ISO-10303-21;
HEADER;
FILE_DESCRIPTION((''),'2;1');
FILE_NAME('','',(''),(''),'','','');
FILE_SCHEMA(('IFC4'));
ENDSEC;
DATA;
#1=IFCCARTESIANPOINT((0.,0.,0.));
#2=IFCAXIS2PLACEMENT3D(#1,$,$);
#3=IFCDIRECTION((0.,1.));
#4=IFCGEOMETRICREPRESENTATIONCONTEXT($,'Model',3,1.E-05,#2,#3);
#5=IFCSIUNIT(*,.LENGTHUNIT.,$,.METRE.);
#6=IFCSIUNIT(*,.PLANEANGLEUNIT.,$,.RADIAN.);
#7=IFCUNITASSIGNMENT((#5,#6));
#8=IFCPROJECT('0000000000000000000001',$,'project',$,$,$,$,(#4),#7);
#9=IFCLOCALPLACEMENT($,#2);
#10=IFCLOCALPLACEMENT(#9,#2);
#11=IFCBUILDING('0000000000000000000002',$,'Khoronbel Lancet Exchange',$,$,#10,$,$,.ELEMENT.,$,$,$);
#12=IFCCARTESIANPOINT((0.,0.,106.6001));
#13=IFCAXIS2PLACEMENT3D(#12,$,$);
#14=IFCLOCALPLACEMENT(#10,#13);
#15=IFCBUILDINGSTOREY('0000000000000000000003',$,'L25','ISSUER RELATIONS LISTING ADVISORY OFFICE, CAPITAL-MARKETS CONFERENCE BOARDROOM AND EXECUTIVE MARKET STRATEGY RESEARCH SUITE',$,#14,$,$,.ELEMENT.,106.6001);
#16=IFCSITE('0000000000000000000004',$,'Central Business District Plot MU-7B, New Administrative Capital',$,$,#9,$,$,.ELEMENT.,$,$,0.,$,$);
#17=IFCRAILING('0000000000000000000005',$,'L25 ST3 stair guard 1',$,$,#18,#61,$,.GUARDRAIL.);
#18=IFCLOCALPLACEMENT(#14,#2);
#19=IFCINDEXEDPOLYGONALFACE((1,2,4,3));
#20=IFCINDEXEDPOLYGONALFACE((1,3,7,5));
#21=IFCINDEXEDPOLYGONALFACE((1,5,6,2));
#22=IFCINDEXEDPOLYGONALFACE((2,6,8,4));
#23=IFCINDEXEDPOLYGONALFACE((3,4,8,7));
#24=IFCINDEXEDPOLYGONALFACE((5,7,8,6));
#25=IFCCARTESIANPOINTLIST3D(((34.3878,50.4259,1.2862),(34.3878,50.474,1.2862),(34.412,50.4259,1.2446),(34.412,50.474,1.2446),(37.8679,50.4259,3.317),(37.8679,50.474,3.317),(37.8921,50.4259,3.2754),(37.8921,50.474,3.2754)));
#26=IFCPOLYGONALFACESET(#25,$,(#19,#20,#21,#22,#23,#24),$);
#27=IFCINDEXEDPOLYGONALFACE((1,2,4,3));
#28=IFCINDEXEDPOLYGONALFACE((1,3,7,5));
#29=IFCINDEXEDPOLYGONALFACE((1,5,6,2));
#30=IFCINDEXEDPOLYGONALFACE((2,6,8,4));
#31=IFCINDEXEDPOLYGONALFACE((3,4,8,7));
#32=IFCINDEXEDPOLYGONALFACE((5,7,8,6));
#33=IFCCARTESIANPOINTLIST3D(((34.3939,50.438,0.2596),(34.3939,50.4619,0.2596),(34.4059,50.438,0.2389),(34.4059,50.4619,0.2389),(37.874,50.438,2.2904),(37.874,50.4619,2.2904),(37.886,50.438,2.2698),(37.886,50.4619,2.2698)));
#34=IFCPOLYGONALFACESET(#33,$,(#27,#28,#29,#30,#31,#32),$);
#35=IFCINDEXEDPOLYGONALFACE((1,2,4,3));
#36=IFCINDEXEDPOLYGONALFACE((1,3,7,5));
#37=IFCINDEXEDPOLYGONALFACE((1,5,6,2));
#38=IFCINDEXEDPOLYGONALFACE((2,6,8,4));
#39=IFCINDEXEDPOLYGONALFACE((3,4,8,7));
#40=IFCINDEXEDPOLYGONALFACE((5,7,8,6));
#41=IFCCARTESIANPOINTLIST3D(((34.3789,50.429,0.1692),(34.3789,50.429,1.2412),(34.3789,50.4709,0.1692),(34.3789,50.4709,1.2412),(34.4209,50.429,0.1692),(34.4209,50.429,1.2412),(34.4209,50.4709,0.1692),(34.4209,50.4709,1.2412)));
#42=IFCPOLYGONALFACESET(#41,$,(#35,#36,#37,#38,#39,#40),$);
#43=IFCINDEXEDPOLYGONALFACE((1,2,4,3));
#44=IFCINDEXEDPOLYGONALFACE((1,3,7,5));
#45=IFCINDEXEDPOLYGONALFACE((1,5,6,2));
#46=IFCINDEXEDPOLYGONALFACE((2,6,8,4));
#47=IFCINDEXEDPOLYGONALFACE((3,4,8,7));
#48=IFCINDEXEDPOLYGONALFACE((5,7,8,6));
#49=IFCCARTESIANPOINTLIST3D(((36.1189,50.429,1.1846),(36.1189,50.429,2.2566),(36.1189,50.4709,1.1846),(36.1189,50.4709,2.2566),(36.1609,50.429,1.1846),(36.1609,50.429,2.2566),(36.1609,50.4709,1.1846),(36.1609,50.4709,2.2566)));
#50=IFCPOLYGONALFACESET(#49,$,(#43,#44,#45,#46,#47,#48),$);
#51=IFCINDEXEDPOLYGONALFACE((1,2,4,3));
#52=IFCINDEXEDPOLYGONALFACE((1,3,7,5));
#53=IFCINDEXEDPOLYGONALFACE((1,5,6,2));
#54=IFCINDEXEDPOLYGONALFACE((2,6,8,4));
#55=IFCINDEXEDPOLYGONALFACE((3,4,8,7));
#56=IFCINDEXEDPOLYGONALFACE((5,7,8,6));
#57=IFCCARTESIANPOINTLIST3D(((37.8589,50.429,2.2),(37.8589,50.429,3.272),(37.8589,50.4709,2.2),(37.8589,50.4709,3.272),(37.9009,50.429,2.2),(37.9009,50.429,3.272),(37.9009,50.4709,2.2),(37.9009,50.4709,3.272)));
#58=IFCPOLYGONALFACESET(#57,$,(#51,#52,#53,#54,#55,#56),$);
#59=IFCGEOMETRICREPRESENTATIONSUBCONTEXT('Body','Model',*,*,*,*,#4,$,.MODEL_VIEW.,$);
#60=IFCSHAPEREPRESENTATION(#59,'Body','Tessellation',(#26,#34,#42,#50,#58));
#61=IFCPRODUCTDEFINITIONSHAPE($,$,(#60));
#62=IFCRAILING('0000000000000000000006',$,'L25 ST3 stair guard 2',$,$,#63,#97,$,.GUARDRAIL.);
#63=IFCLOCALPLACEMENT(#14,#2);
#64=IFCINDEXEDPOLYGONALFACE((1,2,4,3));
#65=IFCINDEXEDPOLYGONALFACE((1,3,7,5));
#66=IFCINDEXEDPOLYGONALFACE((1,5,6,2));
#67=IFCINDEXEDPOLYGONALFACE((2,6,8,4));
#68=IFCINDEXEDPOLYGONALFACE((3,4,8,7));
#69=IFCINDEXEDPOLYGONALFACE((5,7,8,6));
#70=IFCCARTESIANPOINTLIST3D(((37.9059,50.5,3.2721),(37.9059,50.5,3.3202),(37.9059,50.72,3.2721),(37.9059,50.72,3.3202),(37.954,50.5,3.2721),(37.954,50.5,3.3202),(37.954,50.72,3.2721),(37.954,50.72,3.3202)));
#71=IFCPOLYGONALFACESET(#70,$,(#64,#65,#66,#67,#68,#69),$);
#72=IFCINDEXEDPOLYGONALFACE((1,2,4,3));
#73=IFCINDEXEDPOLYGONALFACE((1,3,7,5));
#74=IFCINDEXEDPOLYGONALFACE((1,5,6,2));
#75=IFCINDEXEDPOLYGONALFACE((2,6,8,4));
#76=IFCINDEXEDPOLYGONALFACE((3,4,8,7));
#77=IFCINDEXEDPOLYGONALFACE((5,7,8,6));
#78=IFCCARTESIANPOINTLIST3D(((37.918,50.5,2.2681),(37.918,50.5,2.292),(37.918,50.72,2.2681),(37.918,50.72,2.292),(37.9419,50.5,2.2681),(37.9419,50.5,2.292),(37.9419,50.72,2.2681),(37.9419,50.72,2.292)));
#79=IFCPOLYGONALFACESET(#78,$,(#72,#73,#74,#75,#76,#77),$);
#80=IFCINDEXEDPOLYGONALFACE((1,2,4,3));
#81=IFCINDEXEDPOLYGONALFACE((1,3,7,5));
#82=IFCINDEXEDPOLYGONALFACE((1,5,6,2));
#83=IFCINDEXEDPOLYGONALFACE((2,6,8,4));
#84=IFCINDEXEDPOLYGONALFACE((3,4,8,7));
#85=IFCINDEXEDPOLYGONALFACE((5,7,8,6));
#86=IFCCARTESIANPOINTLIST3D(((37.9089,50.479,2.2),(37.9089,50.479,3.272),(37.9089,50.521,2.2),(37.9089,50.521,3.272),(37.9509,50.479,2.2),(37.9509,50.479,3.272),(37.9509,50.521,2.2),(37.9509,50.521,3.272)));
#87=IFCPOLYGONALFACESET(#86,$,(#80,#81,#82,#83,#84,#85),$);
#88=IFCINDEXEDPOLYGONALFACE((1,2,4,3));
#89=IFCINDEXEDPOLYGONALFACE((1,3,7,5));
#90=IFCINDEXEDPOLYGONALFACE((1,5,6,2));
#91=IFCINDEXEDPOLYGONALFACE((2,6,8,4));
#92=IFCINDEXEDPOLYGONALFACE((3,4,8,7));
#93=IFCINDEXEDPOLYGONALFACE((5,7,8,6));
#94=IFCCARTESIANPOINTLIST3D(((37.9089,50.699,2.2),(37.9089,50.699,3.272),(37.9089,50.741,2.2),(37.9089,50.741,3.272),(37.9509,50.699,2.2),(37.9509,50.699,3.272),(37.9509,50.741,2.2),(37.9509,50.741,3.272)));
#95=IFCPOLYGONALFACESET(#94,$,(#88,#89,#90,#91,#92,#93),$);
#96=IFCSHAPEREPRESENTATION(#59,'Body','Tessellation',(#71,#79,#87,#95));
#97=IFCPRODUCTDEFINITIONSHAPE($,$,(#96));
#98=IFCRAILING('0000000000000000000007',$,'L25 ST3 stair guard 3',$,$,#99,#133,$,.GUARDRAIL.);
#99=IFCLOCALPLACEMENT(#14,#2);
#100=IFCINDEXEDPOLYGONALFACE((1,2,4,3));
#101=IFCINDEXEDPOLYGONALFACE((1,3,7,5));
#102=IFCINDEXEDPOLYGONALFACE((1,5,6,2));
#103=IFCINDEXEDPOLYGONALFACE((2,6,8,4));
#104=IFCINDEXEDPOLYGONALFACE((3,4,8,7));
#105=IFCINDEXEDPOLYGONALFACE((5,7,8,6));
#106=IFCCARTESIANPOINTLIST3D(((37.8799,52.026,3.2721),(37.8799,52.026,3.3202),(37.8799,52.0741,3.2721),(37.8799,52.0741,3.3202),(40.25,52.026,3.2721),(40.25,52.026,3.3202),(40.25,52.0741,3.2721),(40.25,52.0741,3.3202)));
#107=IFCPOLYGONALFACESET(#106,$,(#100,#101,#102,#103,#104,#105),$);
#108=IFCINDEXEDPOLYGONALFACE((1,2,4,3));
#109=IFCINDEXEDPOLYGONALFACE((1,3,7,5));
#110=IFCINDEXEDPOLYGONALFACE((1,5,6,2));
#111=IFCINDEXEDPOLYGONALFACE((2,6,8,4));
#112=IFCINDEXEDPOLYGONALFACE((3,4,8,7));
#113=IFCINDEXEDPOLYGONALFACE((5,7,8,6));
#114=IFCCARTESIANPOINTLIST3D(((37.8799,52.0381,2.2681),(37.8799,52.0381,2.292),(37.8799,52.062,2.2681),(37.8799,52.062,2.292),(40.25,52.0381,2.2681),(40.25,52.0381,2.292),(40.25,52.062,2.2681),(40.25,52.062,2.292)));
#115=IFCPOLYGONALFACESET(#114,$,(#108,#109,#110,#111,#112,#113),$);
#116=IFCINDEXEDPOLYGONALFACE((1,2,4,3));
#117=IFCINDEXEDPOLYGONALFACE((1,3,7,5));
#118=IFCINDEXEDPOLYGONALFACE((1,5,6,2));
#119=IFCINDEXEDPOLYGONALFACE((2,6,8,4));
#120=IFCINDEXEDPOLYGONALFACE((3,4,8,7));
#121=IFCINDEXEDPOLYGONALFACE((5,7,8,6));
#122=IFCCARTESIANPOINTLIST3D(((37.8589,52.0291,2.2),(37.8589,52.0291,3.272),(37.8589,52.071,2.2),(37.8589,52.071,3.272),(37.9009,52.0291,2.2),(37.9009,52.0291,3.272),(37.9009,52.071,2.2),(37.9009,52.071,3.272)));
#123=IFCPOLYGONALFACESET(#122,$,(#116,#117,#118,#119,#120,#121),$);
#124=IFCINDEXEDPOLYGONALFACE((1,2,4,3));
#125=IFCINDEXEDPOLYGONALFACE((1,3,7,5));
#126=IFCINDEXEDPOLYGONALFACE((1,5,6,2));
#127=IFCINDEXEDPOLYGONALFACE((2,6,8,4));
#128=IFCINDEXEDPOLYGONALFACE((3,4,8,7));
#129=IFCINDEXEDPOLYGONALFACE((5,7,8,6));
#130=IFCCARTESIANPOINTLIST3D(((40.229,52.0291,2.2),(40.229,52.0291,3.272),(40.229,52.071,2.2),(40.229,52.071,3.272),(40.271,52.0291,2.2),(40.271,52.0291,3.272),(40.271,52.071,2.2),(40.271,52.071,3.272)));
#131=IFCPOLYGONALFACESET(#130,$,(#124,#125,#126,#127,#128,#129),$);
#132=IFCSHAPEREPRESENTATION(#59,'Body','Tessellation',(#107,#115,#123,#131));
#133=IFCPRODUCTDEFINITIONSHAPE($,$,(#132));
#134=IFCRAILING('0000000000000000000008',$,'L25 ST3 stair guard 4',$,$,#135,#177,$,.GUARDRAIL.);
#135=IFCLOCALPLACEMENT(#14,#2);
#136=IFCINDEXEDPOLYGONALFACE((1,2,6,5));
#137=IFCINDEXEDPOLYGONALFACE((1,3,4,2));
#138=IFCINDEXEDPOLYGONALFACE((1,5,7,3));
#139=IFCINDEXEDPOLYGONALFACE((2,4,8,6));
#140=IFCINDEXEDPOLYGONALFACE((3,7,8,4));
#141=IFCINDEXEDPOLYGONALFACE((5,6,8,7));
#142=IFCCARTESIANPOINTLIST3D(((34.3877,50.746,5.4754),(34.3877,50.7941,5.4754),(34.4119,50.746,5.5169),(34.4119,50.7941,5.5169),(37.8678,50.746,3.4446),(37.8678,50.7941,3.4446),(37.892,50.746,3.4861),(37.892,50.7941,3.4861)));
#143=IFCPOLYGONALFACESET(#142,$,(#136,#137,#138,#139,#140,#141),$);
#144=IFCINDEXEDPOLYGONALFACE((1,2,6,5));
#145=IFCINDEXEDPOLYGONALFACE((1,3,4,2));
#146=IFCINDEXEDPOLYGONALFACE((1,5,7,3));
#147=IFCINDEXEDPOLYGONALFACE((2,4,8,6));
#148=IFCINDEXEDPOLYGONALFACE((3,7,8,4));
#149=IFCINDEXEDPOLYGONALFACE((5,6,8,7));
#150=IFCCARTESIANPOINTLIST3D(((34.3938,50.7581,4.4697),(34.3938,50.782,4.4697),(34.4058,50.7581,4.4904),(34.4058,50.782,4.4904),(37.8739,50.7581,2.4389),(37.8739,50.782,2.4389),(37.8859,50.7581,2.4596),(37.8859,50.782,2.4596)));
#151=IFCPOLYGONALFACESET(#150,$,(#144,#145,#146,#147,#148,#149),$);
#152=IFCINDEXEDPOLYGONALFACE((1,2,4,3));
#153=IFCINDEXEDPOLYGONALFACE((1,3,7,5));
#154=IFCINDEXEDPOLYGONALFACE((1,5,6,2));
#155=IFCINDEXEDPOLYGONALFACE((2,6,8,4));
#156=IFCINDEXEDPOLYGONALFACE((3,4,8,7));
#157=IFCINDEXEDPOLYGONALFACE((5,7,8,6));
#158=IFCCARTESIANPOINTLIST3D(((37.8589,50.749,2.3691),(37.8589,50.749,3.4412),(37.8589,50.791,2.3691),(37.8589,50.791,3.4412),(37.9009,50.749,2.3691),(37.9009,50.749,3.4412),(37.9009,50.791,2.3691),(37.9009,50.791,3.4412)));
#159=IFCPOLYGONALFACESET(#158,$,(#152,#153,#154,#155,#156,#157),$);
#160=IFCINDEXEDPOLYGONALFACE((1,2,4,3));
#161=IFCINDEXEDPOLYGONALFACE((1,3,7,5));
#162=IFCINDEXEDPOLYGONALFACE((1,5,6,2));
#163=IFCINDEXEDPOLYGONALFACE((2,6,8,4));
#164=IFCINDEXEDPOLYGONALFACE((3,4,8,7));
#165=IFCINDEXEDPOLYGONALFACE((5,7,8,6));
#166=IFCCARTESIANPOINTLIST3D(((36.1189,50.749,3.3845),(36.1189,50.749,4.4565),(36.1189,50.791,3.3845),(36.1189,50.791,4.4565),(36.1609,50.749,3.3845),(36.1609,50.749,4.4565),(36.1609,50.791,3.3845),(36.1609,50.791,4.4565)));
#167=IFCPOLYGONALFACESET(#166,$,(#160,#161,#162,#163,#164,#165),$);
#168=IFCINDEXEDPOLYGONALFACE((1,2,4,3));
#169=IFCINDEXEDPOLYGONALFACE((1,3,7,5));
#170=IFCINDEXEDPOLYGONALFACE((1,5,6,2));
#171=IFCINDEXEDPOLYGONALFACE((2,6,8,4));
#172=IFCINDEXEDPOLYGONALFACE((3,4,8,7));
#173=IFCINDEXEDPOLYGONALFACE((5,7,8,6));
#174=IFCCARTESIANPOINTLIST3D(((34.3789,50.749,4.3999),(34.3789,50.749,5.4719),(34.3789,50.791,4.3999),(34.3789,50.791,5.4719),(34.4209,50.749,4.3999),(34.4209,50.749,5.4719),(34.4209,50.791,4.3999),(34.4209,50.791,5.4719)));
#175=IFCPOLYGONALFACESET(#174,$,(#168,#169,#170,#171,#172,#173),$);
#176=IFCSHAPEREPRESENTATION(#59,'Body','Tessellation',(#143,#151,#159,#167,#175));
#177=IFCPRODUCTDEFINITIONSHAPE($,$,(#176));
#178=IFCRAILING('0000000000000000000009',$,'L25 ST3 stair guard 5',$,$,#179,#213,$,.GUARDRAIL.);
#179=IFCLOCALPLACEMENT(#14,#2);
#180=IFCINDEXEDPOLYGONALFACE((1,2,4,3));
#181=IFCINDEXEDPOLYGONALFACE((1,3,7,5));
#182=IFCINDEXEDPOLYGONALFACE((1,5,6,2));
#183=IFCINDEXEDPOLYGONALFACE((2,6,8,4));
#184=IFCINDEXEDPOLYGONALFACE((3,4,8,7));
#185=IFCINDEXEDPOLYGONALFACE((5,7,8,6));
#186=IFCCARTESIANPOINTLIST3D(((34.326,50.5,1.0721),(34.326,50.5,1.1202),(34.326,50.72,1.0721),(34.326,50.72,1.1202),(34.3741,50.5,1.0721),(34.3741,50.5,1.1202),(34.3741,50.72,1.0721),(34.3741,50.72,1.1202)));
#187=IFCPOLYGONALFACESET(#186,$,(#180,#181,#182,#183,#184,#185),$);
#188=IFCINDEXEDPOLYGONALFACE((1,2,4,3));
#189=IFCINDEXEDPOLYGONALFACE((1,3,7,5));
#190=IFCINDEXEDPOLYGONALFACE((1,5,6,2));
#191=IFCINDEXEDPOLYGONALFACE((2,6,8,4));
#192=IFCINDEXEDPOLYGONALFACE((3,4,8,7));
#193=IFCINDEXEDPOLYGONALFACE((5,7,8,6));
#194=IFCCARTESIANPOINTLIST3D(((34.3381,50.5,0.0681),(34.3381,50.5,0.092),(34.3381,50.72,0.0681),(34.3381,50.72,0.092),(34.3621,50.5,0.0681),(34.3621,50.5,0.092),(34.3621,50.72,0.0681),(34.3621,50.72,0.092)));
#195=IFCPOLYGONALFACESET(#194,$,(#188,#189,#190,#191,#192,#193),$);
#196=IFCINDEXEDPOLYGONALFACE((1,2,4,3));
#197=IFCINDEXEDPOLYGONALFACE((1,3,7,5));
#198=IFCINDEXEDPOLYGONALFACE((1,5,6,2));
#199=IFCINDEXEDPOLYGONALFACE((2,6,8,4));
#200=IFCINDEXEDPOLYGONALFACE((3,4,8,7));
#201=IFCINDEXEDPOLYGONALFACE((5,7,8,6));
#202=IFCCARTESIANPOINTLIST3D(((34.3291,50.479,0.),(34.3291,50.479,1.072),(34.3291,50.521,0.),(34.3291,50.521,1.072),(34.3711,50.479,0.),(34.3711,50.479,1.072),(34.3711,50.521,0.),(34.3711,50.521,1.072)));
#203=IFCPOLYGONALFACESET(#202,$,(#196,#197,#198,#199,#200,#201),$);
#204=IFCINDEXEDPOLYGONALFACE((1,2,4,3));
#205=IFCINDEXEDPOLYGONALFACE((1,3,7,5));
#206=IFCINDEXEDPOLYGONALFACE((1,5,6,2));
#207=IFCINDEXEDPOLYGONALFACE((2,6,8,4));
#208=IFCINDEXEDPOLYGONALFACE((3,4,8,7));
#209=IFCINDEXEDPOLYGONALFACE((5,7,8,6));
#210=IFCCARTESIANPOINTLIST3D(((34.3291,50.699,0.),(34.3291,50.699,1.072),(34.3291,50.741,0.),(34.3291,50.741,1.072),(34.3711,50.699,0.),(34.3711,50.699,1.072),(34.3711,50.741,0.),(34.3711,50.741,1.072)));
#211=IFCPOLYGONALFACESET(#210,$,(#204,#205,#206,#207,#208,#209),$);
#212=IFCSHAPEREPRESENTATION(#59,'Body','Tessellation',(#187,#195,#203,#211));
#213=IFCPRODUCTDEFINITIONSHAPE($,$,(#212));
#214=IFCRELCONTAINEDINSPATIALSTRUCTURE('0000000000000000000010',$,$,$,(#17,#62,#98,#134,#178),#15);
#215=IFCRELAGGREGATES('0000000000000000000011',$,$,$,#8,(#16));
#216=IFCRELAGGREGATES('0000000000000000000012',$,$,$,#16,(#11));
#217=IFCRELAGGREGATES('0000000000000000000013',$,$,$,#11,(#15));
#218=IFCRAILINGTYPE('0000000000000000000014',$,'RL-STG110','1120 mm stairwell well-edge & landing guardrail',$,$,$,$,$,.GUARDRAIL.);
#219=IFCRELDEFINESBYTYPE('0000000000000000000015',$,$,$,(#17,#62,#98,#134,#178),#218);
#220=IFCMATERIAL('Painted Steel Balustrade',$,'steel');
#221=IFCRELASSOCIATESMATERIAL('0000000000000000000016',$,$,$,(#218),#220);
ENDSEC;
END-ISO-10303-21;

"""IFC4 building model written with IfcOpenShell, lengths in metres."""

from ifc_helpers import new_model, si_unit, direction, frame, origin, origin_2d, place, context, subcontext, project, spatial, rectangle, extrude, material, type_object, element, save


model = new_model("IFC4")

# Units and contexts
model_context = context("Model", 3, precision=1e-05, world=origin(), true_north=direction((0.0, 1.0)))
body_context = subcontext(model_context, "Body", "Model", "MODEL_VIEW")
ifc_project = project(units=[si_unit("LENGTHUNIT", "METRE"), si_unit("PLANEANGLEUNIT", "RADIAN")], contexts=[model_context])

# Site, building, storey
site_placement = place(None, origin())
site = spatial("IfcSite", under=ifc_project, at=site_placement, Name="Central Business District Plot MU-7B, New Administrative Capital", CompositionType="ELEMENT", RefElevation=0.0)
building_placement = place(site_placement, origin())
building = spatial("IfcBuilding", under=site, at=building_placement, Name="Khoronbel Lancet Exchange", CompositionType="ELEMENT")
storey_placement = place(building_placement, frame((0.0, 0.0, 106.6001)))
storey = spatial("IfcBuildingStorey", under=building, at=storey_placement, Name="L25", Description="ISSUER RELATIONS LISTING ADVISORY OFFICE, CAPITAL-MARKETS CONFERENCE BOARDROOM AND EXECUTIVE MARKET STRATEGY RESEARCH SUITE", CompositionType="ELEMENT", Elevation=106.6001)

# Railings
ifc_material_1 = material(Name="Painted Steel Balustrade", Category="steel")
railing_type_1 = type_object("IfcRailingType", Name="RL-STG110", Description="1120 mm stairwell well-edge & landing guardrail", PredefinedType="GUARDRAIL", material=ifc_material_1)
railing_1_placement = place(storey_placement, frame((34.3999, 50.45, 0.1692)))
element("IfcRailing", 1, at=railing_1_placement, inside=storey, type_object=railing_type_1, Name="L25 ST3 stair guard 1", PredefinedType="GUARDRAIL", context=body_context, shape_type="SweptSolid", body=[
    extrude(rectangle(XDim=0.0481, YDim=0.0481, at=origin_2d()), frame((0.0, 0.0, 1.0962), z_axis=(0.863695, 0.0, 0.504014), x_axis=(0.0, 1.0, 0.0)), (0.0, 0.0, 1.0), 4.0293),
    extrude(rectangle(XDim=0.0239, YDim=0.0239, at=origin_2d()), frame((0.0, 0.0, 0.0801), z_axis=(0.863695, 0.0, 0.504014), x_axis=(0.0, 1.0, 0.0)), (0.0, 0.0, 1.0), 4.0293),
    extrude(rectangle(XDim=0.042, YDim=0.042, at=origin_2d()), origin(), (0.0, 0.0, 1.0), 1.072),
    extrude(rectangle(XDim=0.042, YDim=0.042, at=origin_2d()), frame((1.74, 0.0, 1.0154)), (0.0, 0.0, 1.0), 1.072),
    extrude(rectangle(XDim=0.042, YDim=0.042, at=origin_2d()), frame((3.48, 0.0, 2.0308)), (0.0, 0.0, 1.0), 1.072),
])
railing_2_placement = place(storey_placement, frame((37.9299, 50.5, 2.2)))
element("IfcRailing", 2, at=railing_2_placement, inside=storey, type_object=railing_type_1, Name="L25 ST3 stair guard 2", PredefinedType="GUARDRAIL", context=body_context, shape_type="SweptSolid", body=[
    extrude(rectangle(XDim=0.0481, YDim=0.0481, at=origin_2d()), frame((0.0, 0.0, 1.0962), z_axis=(0.0, 1.0, 0.0), x_axis=(-1.0, 0.0, 0.0)), (0.0, 0.0, 1.0), 0.22),
    extrude(rectangle(XDim=0.0239, YDim=0.0239, at=origin_2d()), frame((0.0, 0.0, 0.0801), z_axis=(0.0, 1.0, 0.0), x_axis=(-1.0, 0.0, 0.0)), (0.0, 0.0, 1.0), 0.22),
    extrude(rectangle(XDim=0.042, YDim=0.042, at=origin_2d()), origin(), (0.0, 0.0, 1.0), 1.072),
    extrude(rectangle(XDim=0.042, YDim=0.042, at=origin_2d()), frame((0.0, 0.22, 0.0)), (0.0, 0.0, 1.0), 1.072),
])
railing_3_placement = place(storey_placement, frame((37.8799, 52.05, 2.2)))
element("IfcRailing", 3, at=railing_3_placement, inside=storey, type_object=railing_type_1, Name="L25 ST3 stair guard 3", PredefinedType="GUARDRAIL", context=body_context, shape_type="SweptSolid", body=[
    extrude(rectangle(XDim=0.0481, YDim=0.0481, at=origin_2d()), frame((0.0, 0.0, 1.0962), z_axis=(1.0, 0.0, 0.0), x_axis=(0.0, 1.0, 0.0)), (0.0, 0.0, 1.0), 2.3701),
    extrude(rectangle(XDim=0.0239, YDim=0.0239, at=origin_2d()), frame((0.0, 0.0, 0.0801), z_axis=(1.0, 0.0, 0.0), x_axis=(0.0, 1.0, 0.0)), (0.0, 0.0, 1.0), 2.3701),
    extrude(rectangle(XDim=0.042, YDim=0.042, at=origin_2d()), origin(), (0.0, 0.0, 1.0), 1.072),
    extrude(rectangle(XDim=0.042, YDim=0.042, at=origin_2d()), frame((2.3701, 0.0, 0.0)), (0.0, 0.0, 1.0), 1.072),
])
railing_4_placement = place(storey_placement, frame((37.8799, 50.77, 2.3691)))
element("IfcRailing", 4, at=railing_4_placement, inside=storey, type_object=railing_type_1, Name="L25 ST3 stair guard 4", PredefinedType="GUARDRAIL", context=body_context, shape_type="SweptSolid", body=[
    extrude(rectangle(XDim=0.0481, YDim=0.0481, at=origin_2d()), frame((0.0, 0.0, 1.0962), z_axis=(-0.863695, 0.0, 0.504014), x_axis=(0.0, -1.0, 0.0)), (0.0, 0.0, 1.0), 4.0293),
    extrude(rectangle(XDim=0.0239, YDim=0.0239, at=origin_2d()), frame((0.0, 0.0, 0.0801), z_axis=(-0.863695, 0.0, 0.504014), x_axis=(0.0, -1.0, 0.0)), (0.0, 0.0, 1.0), 4.0293),
    extrude(rectangle(XDim=0.042, YDim=0.042, at=origin_2d()), origin(), (0.0, 0.0, 1.0), 1.072),
    extrude(rectangle(XDim=0.042, YDim=0.042, at=origin_2d()), frame((-1.74, 0.0, 1.0154)), (0.0, 0.0, 1.0), 1.072),
    extrude(rectangle(XDim=0.042, YDim=0.042, at=origin_2d()), frame((-3.48, 0.0, 2.0308)), (0.0, 0.0, 1.0), 1.072),
])
railing_5_placement = place(storey_placement, frame((34.3501, 50.5, 0.0)))
element("IfcRailing", 5, at=railing_5_placement, inside=storey, type_object=railing_type_1, Name="L25 ST3 stair guard 5", PredefinedType="GUARDRAIL", context=body_context, shape_type="SweptSolid", body=[
    extrude(rectangle(XDim=0.0481, YDim=0.0481, at=origin_2d()), frame((0.0, 0.0, 1.0962), z_axis=(0.0, 1.0, 0.0), x_axis=(-1.0, 0.0, 0.0)), (0.0, 0.0, 1.0), 0.22),
    extrude(rectangle(XDim=0.0239, YDim=0.0239, at=origin_2d()), frame((0.0, 0.0, 0.0801), z_axis=(0.0, 1.0, 0.0), x_axis=(-1.0, 0.0, 0.0)), (0.0, 0.0, 1.0), 0.22),
    extrude(rectangle(XDim=0.042, YDim=0.042, at=origin_2d()), origin(), (0.0, 0.0, 1.0), 1.072),
    extrude(rectangle(XDim=0.042, YDim=0.042, at=origin_2d()), frame((0.0, 0.22, 0.0)), (0.0, 0.0, 1.0), 1.072),
])

save(model, "model.ifc")
